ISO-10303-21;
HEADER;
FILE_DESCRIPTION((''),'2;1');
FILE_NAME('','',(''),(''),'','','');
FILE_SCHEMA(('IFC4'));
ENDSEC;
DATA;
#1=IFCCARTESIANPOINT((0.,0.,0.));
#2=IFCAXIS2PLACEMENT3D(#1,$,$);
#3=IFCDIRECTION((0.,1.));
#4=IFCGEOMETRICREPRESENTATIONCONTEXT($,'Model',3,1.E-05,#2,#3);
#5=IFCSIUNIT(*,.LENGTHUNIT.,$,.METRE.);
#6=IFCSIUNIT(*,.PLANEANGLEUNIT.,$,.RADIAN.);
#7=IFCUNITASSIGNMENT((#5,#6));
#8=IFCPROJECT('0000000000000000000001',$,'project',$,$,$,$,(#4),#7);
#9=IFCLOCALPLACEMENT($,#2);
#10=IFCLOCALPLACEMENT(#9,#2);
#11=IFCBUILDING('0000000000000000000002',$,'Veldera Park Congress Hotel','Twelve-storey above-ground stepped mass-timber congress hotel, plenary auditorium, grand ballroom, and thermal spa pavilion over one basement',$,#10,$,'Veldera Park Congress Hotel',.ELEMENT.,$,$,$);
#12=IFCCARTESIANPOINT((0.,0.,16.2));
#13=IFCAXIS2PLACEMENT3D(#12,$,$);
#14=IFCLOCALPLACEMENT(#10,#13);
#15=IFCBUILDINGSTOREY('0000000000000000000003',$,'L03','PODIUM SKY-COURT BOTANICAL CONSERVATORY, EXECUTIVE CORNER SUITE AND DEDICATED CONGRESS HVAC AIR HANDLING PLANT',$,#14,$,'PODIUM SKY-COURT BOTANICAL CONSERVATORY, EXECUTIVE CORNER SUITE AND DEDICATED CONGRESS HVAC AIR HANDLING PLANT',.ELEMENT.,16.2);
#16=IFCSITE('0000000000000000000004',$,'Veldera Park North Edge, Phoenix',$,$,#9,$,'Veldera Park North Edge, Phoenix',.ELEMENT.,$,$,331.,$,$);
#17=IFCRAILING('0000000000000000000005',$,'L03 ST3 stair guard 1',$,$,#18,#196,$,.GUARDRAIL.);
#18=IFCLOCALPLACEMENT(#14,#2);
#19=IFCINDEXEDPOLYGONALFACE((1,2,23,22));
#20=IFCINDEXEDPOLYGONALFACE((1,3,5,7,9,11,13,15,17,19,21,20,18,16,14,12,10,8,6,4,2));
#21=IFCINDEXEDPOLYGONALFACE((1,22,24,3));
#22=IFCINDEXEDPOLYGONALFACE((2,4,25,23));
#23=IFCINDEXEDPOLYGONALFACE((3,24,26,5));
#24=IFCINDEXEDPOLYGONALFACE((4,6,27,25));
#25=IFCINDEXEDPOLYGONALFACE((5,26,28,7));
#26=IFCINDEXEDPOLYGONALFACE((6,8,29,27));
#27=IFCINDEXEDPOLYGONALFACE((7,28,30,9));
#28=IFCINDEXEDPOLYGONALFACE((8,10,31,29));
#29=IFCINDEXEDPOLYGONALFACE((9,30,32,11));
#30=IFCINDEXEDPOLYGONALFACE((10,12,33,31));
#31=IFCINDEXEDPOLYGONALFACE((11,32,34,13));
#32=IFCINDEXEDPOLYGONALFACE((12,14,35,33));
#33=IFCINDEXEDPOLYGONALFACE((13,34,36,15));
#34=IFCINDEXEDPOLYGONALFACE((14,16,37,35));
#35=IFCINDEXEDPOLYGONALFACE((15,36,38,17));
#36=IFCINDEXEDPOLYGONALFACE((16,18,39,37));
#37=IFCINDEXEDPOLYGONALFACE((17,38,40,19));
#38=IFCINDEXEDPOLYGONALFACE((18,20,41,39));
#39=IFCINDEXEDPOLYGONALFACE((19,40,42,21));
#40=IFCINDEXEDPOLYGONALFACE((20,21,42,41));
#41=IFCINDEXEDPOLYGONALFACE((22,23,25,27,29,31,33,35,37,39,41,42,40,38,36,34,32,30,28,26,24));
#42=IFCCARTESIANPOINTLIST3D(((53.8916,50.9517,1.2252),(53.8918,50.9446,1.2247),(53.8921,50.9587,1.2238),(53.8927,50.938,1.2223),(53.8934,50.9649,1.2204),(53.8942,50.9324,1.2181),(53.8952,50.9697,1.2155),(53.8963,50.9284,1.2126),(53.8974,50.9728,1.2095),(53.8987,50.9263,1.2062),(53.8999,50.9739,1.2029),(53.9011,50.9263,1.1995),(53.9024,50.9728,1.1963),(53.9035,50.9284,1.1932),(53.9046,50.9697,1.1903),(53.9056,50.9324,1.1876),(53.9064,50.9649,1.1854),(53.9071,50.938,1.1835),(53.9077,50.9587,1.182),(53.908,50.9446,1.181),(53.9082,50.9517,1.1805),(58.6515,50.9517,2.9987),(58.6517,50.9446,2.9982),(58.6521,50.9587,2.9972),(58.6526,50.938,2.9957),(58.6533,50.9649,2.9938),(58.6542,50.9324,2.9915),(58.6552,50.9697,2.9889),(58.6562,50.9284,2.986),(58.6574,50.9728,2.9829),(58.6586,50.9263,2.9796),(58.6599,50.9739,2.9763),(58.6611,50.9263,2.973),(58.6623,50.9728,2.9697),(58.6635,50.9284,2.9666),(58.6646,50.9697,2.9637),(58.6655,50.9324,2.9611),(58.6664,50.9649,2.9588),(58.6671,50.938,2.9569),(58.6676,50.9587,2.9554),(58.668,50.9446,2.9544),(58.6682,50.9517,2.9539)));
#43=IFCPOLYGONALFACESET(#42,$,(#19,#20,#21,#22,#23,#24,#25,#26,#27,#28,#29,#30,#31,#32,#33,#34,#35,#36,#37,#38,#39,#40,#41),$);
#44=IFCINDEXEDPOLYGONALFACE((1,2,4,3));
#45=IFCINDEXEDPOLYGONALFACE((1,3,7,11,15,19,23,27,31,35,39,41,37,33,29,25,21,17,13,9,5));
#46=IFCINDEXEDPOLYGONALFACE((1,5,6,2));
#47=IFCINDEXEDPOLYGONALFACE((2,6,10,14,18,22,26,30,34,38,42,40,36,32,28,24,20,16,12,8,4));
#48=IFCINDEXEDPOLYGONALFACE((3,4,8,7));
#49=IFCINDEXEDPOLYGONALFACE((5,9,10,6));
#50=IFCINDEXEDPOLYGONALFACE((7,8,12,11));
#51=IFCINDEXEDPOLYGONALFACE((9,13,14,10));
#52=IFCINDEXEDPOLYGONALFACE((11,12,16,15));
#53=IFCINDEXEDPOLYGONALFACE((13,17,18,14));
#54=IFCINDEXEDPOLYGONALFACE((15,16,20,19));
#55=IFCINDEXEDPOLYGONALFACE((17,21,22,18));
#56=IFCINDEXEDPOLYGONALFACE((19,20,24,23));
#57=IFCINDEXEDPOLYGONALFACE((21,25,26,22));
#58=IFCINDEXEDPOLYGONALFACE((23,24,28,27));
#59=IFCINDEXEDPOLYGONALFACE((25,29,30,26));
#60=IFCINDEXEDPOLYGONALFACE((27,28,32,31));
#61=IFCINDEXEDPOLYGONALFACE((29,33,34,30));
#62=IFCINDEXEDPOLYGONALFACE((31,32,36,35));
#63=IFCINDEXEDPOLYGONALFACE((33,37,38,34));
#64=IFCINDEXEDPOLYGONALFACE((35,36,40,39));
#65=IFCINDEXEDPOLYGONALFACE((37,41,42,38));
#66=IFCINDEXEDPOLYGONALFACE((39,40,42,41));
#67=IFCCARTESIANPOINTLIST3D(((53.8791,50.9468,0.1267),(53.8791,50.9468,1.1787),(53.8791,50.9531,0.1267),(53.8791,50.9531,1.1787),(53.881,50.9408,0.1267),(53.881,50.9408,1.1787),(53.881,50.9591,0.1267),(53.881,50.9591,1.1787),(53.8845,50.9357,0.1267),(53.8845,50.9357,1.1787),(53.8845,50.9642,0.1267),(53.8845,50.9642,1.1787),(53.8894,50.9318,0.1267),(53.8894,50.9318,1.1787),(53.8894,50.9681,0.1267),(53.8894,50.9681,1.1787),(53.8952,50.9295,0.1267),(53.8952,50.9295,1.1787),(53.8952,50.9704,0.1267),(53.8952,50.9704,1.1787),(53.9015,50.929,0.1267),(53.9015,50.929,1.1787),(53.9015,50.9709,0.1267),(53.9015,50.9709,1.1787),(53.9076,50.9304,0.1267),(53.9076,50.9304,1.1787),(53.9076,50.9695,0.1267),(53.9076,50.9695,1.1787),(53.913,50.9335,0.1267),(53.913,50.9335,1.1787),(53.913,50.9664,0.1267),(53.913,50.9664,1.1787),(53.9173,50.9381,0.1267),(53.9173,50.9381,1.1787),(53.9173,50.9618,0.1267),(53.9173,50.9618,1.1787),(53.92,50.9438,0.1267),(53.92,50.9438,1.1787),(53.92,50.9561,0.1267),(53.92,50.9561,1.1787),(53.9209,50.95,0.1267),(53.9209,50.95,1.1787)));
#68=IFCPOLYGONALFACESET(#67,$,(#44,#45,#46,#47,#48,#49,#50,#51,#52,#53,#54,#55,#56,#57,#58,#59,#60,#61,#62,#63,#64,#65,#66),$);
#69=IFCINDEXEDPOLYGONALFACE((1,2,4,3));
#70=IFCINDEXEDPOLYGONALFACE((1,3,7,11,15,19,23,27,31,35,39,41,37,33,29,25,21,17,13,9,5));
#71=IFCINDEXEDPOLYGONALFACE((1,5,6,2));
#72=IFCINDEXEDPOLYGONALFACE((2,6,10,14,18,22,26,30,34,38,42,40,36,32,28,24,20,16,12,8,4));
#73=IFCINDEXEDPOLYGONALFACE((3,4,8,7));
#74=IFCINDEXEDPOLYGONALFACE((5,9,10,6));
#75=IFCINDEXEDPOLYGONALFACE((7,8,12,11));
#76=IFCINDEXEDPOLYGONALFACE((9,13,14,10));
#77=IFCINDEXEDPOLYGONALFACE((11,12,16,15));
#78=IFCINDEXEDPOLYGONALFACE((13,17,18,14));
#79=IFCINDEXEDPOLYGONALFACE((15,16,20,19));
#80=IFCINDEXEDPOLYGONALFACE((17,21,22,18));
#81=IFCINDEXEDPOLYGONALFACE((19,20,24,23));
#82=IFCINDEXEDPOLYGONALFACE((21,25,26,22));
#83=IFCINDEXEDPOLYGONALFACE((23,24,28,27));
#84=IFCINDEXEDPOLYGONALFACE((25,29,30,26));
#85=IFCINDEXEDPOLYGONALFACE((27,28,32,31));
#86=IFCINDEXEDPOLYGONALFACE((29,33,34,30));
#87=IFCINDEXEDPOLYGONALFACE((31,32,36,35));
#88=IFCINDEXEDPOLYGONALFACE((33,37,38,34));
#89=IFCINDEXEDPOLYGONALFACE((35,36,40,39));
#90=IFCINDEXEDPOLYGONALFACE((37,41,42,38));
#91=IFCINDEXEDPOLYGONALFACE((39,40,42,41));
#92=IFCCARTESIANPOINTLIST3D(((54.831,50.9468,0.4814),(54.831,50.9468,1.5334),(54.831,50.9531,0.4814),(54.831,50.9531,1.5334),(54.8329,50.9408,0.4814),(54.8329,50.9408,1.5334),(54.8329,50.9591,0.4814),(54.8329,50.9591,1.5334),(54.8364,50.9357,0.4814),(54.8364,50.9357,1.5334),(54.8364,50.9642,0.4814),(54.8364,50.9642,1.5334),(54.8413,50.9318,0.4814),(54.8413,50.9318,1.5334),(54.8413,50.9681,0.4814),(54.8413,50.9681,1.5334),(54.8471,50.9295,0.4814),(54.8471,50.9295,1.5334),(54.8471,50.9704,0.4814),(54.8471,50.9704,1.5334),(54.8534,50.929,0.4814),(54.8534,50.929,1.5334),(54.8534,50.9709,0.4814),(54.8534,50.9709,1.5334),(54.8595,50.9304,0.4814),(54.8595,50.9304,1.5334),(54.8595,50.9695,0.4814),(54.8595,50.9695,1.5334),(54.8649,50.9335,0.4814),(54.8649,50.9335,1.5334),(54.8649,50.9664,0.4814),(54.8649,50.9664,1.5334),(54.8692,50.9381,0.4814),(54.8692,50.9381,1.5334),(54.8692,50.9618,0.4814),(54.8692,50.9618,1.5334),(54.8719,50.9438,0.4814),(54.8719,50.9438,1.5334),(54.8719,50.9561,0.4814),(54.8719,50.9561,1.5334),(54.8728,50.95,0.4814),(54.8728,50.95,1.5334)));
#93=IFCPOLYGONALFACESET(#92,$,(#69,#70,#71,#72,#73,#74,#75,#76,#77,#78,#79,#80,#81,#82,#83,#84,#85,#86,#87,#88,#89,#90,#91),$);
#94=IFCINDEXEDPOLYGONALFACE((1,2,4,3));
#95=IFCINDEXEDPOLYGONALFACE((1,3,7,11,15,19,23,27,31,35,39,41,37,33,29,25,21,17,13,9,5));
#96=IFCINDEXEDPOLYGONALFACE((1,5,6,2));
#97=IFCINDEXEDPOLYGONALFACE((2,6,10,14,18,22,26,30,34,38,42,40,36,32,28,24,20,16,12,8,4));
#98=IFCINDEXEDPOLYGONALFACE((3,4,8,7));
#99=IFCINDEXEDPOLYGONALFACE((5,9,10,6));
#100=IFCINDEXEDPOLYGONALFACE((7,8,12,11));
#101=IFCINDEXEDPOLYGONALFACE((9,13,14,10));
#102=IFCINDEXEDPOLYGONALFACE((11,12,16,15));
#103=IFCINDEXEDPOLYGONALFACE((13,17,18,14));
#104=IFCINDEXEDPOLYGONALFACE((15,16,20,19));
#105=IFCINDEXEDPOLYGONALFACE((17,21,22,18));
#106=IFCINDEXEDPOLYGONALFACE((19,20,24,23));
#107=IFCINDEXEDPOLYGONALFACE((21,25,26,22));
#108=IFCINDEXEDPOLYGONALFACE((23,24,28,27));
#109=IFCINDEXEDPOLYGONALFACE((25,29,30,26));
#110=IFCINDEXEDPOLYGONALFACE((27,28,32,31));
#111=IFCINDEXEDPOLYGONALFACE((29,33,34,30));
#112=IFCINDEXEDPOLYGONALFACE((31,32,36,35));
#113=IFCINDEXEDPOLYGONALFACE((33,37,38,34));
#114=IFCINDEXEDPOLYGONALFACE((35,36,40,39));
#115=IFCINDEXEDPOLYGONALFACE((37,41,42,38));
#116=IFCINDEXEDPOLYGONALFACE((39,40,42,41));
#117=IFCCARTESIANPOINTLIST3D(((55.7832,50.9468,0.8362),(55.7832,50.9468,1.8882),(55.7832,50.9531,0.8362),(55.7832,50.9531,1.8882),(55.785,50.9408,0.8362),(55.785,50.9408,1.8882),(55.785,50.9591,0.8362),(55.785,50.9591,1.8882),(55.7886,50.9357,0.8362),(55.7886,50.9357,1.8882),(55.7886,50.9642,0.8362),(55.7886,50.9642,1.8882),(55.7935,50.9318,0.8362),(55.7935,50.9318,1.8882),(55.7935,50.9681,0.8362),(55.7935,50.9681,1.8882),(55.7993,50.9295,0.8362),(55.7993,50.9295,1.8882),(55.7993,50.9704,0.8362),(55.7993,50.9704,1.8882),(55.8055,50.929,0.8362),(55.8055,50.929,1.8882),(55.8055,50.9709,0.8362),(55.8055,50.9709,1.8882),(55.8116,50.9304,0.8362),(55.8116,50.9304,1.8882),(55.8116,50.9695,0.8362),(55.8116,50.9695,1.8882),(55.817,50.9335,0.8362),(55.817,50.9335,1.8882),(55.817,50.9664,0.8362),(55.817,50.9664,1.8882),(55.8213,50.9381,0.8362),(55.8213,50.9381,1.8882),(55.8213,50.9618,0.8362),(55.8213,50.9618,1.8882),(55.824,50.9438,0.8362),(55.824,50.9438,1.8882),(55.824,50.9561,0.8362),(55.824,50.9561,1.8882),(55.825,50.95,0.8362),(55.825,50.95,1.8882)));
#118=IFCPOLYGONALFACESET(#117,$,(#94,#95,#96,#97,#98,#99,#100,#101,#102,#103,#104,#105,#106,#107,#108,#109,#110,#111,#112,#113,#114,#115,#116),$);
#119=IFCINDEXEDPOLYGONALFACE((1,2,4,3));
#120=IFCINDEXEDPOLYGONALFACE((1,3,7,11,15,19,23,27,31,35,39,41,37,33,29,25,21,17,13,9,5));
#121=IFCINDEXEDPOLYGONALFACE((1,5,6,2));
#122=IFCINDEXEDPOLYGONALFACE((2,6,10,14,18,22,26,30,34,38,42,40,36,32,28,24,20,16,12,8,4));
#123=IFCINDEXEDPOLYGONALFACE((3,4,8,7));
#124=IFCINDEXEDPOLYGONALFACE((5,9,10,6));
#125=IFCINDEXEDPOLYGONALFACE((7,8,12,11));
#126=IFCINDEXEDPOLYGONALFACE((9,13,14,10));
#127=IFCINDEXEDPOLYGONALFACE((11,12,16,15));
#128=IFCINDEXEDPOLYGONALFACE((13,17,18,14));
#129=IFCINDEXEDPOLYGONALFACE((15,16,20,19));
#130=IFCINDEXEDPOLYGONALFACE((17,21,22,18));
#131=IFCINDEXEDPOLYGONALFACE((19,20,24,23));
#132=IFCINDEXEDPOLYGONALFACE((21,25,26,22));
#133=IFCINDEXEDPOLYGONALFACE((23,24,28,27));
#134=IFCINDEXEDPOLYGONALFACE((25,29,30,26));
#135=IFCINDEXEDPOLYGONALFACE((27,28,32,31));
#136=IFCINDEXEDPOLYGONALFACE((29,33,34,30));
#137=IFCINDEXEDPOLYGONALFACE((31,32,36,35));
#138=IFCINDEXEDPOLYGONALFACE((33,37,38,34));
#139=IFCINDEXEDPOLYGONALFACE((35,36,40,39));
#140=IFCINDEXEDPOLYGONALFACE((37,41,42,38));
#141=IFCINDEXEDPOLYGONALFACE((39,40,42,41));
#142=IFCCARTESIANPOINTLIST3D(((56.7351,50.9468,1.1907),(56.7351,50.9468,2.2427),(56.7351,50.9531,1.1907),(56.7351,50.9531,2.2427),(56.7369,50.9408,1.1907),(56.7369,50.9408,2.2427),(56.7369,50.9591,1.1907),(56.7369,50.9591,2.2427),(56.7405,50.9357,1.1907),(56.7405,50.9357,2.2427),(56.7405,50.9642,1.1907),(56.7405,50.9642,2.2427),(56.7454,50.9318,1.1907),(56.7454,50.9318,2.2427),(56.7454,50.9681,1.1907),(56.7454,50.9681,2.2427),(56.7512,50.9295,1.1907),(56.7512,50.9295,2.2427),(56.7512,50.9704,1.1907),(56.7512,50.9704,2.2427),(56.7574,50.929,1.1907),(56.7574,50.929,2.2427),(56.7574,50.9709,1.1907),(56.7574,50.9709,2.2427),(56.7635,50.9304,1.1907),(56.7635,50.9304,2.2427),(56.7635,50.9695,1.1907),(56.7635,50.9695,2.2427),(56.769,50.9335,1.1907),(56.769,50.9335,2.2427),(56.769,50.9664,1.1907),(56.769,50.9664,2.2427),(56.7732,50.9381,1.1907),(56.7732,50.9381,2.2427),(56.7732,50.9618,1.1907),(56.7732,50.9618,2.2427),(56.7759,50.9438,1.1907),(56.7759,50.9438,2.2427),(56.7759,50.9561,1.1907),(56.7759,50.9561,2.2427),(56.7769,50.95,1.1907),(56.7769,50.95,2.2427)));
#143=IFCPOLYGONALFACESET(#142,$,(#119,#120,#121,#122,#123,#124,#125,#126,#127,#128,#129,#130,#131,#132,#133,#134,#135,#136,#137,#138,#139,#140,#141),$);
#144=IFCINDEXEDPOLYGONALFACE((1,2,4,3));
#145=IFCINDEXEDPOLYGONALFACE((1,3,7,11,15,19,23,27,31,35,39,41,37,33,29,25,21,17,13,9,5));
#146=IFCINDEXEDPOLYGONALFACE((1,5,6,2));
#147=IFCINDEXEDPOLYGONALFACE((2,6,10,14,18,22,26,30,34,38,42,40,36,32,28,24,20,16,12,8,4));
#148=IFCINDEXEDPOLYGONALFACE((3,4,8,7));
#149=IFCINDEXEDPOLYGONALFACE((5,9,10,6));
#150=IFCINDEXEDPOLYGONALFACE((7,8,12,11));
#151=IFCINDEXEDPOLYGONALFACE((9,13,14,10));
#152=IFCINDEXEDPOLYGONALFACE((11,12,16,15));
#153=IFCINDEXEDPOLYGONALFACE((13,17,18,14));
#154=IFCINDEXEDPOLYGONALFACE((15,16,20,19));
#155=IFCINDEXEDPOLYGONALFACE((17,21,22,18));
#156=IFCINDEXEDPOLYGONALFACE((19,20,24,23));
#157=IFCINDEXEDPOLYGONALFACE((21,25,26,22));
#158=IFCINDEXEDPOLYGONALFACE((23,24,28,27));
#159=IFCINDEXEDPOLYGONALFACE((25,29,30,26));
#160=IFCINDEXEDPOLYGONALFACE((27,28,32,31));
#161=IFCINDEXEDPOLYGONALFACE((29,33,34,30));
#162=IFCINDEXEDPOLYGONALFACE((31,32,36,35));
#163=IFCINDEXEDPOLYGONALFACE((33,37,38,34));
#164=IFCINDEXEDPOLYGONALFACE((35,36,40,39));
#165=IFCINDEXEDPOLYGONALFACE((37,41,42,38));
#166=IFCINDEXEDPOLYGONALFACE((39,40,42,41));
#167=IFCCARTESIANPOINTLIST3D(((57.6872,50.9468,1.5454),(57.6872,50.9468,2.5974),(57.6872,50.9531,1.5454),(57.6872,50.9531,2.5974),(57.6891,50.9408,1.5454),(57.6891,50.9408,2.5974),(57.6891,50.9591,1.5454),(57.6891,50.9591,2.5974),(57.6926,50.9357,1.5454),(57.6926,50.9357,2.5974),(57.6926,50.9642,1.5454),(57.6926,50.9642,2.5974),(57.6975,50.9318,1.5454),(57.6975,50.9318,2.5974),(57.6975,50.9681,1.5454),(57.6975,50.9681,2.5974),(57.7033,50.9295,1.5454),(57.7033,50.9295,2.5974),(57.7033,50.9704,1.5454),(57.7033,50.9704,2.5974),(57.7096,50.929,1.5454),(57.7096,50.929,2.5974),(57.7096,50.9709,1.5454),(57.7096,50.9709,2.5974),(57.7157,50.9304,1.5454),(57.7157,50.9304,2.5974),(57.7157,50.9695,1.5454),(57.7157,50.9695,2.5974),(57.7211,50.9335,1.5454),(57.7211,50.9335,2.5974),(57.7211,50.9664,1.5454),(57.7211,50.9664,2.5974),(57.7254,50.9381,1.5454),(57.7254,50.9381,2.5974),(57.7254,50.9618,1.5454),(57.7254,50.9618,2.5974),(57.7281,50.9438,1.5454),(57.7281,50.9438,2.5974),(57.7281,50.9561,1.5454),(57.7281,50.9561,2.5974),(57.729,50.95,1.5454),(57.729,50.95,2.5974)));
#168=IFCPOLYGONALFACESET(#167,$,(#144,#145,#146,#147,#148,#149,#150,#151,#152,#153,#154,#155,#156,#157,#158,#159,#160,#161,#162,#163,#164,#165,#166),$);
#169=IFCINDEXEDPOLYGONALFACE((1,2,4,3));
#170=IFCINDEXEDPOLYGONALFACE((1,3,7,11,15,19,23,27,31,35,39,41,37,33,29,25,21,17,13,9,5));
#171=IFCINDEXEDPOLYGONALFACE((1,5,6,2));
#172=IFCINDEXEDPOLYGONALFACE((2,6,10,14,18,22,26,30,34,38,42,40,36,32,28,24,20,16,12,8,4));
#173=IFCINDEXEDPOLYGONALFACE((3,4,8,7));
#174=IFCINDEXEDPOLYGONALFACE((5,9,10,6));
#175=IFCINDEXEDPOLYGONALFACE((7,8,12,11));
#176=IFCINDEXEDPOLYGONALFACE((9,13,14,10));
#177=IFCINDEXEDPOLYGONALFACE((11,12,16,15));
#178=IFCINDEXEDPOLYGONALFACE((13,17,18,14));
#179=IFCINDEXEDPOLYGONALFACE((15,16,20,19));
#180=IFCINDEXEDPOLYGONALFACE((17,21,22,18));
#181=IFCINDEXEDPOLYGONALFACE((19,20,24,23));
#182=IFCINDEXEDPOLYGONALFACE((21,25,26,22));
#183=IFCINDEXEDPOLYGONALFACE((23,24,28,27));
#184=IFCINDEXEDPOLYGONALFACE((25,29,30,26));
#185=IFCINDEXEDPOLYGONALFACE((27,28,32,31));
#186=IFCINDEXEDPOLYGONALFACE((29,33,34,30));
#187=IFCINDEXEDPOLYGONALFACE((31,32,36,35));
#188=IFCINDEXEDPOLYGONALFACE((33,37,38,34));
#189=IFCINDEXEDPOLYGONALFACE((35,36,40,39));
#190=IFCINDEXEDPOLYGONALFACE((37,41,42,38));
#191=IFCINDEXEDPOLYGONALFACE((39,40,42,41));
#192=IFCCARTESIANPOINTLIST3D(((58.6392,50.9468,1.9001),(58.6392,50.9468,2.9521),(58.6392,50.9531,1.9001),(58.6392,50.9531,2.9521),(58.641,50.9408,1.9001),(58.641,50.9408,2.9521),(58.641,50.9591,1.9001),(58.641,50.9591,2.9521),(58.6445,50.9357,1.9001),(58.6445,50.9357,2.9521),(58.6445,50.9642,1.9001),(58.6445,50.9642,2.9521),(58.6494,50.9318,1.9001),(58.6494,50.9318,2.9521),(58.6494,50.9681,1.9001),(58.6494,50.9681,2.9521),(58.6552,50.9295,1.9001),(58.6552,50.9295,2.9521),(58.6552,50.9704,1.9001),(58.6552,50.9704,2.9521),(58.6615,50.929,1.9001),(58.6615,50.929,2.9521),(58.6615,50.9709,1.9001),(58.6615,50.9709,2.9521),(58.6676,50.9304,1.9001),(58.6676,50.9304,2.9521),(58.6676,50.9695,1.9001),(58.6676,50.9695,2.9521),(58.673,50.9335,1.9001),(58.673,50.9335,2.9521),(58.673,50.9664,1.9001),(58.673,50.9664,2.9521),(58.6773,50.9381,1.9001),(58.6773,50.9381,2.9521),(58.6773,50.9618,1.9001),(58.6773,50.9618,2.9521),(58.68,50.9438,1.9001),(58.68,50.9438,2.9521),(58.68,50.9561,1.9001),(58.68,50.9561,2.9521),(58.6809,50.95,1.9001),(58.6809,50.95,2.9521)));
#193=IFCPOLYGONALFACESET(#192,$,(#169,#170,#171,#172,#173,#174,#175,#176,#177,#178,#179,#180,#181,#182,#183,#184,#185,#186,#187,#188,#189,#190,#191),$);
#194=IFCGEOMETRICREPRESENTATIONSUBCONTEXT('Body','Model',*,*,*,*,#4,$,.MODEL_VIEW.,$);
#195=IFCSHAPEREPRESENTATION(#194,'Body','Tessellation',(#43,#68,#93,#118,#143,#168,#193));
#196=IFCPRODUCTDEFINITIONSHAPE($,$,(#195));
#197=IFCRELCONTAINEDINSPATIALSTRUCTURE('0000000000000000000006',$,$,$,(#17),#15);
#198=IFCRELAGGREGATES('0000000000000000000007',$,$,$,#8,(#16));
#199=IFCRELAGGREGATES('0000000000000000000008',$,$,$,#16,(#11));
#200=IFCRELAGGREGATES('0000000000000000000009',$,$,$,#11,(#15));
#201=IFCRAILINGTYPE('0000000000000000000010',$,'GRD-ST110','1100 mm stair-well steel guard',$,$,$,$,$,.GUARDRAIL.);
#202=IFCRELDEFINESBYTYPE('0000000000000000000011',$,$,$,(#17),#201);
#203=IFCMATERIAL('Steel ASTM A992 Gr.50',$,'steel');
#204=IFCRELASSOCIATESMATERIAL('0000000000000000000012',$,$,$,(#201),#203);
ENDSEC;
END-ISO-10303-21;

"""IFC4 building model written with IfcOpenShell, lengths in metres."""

from ifc_helpers import new_model, si_unit, direction, frame, origin, origin_2d, place, context, subcontext, project, spatial, circle, extrude, material, type_object, element, save


model = new_model("IFC4")

# Units and contexts
model_context = context("Model", 3, precision=1e-05, world=origin(), true_north=direction((0.0, 1.0)))
body_context = subcontext(model_context, "Body", "Model", "MODEL_VIEW")
ifc_project = project(units=[si_unit("LENGTHUNIT", "METRE"), si_unit("PLANEANGLEUNIT", "RADIAN")], contexts=[model_context])

# Site, building, storey
site_placement = place(None, origin())
site = spatial("IfcSite", under=ifc_project, at=site_placement, Name="Veldera Park North Edge, Phoenix", LongName="Veldera Park North Edge, Phoenix", CompositionType="ELEMENT", RefElevation=331.0)
building_placement = place(site_placement, origin())
building = spatial("IfcBuilding", under=site, at=building_placement, Name="Veldera Park Congress Hotel", Description="Twelve-storey above-ground stepped mass-timber congress hotel, plenary auditorium, grand ballroom, and thermal spa pavilion over one basement", LongName="Veldera Park Congress Hotel", CompositionType="ELEMENT")
storey_placement = place(building_placement, frame((0.0, 0.0, 16.2)))
storey = spatial("IfcBuildingStorey", under=building, at=storey_placement, Name="L03", Description="PODIUM SKY-COURT BOTANICAL CONSERVATORY, EXECUTIVE CORNER SUITE AND DEDICATED CONGRESS HVAC AIR HANDLING PLANT", LongName="PODIUM SKY-COURT BOTANICAL CONSERVATORY, EXECUTIVE CORNER SUITE AND DEDICATED CONGRESS HVAC AIR HANDLING PLANT", CompositionType="ELEMENT", Elevation=16.2)

# Railing
ifc_material_1 = material(Name="Steel ASTM A992 Gr.50", Category="steel")
railing_type_1 = type_object("IfcRailingType", Name="GRD-ST110", Description="1100 mm stair-well steel guard", PredefinedType="GUARDRAIL", material=ifc_material_1)
railing_1_placement = place(storey_placement, frame((53.8999, 50.95, 0.1267)))
element("IfcRailing", 1, at=railing_1_placement, inside=storey, type_object=railing_type_1, Name="L03 ST3 stair guard 1", PredefinedType="GUARDRAIL", context=body_context, shape_type="SweptSolid", body=[
    extrude(circle(Radius=0.0239, at=origin_2d()), frame((0.0, 0.0, 1.0762), z_axis=(0.937076, 0.0, 0.349126), x_axis=(0.0, 1.0, 0.0)), (0.0, 0.0, 1.0), 5.0796),
    extrude(circle(Radius=0.021, at=origin_2d()), origin(), (0.0, 0.0, 1.0), 1.052),
    extrude(circle(Radius=0.021, at=origin_2d()), frame((0.9519, 0.0, 0.3547)), (0.0, 0.0, 1.0), 1.052),
    extrude(circle(Radius=0.021, at=origin_2d()), frame((1.9041, 0.0, 0.7095)), (0.0, 0.0, 1.0), 1.052),
    extrude(circle(Radius=0.021, at=origin_2d()), frame((2.856, 0.0, 1.064)), (0.0, 0.0, 1.0), 1.052),
    extrude(circle(Radius=0.021, at=origin_2d()), frame((3.8081, 0.0, 1.4187)), (0.0, 0.0, 1.0), 1.052),
    extrude(circle(Radius=0.021, at=origin_2d()), frame((4.76, 0.0, 1.7734)), (0.0, 0.0, 1.0), 1.052),
])

save(model, "model.ifc")
